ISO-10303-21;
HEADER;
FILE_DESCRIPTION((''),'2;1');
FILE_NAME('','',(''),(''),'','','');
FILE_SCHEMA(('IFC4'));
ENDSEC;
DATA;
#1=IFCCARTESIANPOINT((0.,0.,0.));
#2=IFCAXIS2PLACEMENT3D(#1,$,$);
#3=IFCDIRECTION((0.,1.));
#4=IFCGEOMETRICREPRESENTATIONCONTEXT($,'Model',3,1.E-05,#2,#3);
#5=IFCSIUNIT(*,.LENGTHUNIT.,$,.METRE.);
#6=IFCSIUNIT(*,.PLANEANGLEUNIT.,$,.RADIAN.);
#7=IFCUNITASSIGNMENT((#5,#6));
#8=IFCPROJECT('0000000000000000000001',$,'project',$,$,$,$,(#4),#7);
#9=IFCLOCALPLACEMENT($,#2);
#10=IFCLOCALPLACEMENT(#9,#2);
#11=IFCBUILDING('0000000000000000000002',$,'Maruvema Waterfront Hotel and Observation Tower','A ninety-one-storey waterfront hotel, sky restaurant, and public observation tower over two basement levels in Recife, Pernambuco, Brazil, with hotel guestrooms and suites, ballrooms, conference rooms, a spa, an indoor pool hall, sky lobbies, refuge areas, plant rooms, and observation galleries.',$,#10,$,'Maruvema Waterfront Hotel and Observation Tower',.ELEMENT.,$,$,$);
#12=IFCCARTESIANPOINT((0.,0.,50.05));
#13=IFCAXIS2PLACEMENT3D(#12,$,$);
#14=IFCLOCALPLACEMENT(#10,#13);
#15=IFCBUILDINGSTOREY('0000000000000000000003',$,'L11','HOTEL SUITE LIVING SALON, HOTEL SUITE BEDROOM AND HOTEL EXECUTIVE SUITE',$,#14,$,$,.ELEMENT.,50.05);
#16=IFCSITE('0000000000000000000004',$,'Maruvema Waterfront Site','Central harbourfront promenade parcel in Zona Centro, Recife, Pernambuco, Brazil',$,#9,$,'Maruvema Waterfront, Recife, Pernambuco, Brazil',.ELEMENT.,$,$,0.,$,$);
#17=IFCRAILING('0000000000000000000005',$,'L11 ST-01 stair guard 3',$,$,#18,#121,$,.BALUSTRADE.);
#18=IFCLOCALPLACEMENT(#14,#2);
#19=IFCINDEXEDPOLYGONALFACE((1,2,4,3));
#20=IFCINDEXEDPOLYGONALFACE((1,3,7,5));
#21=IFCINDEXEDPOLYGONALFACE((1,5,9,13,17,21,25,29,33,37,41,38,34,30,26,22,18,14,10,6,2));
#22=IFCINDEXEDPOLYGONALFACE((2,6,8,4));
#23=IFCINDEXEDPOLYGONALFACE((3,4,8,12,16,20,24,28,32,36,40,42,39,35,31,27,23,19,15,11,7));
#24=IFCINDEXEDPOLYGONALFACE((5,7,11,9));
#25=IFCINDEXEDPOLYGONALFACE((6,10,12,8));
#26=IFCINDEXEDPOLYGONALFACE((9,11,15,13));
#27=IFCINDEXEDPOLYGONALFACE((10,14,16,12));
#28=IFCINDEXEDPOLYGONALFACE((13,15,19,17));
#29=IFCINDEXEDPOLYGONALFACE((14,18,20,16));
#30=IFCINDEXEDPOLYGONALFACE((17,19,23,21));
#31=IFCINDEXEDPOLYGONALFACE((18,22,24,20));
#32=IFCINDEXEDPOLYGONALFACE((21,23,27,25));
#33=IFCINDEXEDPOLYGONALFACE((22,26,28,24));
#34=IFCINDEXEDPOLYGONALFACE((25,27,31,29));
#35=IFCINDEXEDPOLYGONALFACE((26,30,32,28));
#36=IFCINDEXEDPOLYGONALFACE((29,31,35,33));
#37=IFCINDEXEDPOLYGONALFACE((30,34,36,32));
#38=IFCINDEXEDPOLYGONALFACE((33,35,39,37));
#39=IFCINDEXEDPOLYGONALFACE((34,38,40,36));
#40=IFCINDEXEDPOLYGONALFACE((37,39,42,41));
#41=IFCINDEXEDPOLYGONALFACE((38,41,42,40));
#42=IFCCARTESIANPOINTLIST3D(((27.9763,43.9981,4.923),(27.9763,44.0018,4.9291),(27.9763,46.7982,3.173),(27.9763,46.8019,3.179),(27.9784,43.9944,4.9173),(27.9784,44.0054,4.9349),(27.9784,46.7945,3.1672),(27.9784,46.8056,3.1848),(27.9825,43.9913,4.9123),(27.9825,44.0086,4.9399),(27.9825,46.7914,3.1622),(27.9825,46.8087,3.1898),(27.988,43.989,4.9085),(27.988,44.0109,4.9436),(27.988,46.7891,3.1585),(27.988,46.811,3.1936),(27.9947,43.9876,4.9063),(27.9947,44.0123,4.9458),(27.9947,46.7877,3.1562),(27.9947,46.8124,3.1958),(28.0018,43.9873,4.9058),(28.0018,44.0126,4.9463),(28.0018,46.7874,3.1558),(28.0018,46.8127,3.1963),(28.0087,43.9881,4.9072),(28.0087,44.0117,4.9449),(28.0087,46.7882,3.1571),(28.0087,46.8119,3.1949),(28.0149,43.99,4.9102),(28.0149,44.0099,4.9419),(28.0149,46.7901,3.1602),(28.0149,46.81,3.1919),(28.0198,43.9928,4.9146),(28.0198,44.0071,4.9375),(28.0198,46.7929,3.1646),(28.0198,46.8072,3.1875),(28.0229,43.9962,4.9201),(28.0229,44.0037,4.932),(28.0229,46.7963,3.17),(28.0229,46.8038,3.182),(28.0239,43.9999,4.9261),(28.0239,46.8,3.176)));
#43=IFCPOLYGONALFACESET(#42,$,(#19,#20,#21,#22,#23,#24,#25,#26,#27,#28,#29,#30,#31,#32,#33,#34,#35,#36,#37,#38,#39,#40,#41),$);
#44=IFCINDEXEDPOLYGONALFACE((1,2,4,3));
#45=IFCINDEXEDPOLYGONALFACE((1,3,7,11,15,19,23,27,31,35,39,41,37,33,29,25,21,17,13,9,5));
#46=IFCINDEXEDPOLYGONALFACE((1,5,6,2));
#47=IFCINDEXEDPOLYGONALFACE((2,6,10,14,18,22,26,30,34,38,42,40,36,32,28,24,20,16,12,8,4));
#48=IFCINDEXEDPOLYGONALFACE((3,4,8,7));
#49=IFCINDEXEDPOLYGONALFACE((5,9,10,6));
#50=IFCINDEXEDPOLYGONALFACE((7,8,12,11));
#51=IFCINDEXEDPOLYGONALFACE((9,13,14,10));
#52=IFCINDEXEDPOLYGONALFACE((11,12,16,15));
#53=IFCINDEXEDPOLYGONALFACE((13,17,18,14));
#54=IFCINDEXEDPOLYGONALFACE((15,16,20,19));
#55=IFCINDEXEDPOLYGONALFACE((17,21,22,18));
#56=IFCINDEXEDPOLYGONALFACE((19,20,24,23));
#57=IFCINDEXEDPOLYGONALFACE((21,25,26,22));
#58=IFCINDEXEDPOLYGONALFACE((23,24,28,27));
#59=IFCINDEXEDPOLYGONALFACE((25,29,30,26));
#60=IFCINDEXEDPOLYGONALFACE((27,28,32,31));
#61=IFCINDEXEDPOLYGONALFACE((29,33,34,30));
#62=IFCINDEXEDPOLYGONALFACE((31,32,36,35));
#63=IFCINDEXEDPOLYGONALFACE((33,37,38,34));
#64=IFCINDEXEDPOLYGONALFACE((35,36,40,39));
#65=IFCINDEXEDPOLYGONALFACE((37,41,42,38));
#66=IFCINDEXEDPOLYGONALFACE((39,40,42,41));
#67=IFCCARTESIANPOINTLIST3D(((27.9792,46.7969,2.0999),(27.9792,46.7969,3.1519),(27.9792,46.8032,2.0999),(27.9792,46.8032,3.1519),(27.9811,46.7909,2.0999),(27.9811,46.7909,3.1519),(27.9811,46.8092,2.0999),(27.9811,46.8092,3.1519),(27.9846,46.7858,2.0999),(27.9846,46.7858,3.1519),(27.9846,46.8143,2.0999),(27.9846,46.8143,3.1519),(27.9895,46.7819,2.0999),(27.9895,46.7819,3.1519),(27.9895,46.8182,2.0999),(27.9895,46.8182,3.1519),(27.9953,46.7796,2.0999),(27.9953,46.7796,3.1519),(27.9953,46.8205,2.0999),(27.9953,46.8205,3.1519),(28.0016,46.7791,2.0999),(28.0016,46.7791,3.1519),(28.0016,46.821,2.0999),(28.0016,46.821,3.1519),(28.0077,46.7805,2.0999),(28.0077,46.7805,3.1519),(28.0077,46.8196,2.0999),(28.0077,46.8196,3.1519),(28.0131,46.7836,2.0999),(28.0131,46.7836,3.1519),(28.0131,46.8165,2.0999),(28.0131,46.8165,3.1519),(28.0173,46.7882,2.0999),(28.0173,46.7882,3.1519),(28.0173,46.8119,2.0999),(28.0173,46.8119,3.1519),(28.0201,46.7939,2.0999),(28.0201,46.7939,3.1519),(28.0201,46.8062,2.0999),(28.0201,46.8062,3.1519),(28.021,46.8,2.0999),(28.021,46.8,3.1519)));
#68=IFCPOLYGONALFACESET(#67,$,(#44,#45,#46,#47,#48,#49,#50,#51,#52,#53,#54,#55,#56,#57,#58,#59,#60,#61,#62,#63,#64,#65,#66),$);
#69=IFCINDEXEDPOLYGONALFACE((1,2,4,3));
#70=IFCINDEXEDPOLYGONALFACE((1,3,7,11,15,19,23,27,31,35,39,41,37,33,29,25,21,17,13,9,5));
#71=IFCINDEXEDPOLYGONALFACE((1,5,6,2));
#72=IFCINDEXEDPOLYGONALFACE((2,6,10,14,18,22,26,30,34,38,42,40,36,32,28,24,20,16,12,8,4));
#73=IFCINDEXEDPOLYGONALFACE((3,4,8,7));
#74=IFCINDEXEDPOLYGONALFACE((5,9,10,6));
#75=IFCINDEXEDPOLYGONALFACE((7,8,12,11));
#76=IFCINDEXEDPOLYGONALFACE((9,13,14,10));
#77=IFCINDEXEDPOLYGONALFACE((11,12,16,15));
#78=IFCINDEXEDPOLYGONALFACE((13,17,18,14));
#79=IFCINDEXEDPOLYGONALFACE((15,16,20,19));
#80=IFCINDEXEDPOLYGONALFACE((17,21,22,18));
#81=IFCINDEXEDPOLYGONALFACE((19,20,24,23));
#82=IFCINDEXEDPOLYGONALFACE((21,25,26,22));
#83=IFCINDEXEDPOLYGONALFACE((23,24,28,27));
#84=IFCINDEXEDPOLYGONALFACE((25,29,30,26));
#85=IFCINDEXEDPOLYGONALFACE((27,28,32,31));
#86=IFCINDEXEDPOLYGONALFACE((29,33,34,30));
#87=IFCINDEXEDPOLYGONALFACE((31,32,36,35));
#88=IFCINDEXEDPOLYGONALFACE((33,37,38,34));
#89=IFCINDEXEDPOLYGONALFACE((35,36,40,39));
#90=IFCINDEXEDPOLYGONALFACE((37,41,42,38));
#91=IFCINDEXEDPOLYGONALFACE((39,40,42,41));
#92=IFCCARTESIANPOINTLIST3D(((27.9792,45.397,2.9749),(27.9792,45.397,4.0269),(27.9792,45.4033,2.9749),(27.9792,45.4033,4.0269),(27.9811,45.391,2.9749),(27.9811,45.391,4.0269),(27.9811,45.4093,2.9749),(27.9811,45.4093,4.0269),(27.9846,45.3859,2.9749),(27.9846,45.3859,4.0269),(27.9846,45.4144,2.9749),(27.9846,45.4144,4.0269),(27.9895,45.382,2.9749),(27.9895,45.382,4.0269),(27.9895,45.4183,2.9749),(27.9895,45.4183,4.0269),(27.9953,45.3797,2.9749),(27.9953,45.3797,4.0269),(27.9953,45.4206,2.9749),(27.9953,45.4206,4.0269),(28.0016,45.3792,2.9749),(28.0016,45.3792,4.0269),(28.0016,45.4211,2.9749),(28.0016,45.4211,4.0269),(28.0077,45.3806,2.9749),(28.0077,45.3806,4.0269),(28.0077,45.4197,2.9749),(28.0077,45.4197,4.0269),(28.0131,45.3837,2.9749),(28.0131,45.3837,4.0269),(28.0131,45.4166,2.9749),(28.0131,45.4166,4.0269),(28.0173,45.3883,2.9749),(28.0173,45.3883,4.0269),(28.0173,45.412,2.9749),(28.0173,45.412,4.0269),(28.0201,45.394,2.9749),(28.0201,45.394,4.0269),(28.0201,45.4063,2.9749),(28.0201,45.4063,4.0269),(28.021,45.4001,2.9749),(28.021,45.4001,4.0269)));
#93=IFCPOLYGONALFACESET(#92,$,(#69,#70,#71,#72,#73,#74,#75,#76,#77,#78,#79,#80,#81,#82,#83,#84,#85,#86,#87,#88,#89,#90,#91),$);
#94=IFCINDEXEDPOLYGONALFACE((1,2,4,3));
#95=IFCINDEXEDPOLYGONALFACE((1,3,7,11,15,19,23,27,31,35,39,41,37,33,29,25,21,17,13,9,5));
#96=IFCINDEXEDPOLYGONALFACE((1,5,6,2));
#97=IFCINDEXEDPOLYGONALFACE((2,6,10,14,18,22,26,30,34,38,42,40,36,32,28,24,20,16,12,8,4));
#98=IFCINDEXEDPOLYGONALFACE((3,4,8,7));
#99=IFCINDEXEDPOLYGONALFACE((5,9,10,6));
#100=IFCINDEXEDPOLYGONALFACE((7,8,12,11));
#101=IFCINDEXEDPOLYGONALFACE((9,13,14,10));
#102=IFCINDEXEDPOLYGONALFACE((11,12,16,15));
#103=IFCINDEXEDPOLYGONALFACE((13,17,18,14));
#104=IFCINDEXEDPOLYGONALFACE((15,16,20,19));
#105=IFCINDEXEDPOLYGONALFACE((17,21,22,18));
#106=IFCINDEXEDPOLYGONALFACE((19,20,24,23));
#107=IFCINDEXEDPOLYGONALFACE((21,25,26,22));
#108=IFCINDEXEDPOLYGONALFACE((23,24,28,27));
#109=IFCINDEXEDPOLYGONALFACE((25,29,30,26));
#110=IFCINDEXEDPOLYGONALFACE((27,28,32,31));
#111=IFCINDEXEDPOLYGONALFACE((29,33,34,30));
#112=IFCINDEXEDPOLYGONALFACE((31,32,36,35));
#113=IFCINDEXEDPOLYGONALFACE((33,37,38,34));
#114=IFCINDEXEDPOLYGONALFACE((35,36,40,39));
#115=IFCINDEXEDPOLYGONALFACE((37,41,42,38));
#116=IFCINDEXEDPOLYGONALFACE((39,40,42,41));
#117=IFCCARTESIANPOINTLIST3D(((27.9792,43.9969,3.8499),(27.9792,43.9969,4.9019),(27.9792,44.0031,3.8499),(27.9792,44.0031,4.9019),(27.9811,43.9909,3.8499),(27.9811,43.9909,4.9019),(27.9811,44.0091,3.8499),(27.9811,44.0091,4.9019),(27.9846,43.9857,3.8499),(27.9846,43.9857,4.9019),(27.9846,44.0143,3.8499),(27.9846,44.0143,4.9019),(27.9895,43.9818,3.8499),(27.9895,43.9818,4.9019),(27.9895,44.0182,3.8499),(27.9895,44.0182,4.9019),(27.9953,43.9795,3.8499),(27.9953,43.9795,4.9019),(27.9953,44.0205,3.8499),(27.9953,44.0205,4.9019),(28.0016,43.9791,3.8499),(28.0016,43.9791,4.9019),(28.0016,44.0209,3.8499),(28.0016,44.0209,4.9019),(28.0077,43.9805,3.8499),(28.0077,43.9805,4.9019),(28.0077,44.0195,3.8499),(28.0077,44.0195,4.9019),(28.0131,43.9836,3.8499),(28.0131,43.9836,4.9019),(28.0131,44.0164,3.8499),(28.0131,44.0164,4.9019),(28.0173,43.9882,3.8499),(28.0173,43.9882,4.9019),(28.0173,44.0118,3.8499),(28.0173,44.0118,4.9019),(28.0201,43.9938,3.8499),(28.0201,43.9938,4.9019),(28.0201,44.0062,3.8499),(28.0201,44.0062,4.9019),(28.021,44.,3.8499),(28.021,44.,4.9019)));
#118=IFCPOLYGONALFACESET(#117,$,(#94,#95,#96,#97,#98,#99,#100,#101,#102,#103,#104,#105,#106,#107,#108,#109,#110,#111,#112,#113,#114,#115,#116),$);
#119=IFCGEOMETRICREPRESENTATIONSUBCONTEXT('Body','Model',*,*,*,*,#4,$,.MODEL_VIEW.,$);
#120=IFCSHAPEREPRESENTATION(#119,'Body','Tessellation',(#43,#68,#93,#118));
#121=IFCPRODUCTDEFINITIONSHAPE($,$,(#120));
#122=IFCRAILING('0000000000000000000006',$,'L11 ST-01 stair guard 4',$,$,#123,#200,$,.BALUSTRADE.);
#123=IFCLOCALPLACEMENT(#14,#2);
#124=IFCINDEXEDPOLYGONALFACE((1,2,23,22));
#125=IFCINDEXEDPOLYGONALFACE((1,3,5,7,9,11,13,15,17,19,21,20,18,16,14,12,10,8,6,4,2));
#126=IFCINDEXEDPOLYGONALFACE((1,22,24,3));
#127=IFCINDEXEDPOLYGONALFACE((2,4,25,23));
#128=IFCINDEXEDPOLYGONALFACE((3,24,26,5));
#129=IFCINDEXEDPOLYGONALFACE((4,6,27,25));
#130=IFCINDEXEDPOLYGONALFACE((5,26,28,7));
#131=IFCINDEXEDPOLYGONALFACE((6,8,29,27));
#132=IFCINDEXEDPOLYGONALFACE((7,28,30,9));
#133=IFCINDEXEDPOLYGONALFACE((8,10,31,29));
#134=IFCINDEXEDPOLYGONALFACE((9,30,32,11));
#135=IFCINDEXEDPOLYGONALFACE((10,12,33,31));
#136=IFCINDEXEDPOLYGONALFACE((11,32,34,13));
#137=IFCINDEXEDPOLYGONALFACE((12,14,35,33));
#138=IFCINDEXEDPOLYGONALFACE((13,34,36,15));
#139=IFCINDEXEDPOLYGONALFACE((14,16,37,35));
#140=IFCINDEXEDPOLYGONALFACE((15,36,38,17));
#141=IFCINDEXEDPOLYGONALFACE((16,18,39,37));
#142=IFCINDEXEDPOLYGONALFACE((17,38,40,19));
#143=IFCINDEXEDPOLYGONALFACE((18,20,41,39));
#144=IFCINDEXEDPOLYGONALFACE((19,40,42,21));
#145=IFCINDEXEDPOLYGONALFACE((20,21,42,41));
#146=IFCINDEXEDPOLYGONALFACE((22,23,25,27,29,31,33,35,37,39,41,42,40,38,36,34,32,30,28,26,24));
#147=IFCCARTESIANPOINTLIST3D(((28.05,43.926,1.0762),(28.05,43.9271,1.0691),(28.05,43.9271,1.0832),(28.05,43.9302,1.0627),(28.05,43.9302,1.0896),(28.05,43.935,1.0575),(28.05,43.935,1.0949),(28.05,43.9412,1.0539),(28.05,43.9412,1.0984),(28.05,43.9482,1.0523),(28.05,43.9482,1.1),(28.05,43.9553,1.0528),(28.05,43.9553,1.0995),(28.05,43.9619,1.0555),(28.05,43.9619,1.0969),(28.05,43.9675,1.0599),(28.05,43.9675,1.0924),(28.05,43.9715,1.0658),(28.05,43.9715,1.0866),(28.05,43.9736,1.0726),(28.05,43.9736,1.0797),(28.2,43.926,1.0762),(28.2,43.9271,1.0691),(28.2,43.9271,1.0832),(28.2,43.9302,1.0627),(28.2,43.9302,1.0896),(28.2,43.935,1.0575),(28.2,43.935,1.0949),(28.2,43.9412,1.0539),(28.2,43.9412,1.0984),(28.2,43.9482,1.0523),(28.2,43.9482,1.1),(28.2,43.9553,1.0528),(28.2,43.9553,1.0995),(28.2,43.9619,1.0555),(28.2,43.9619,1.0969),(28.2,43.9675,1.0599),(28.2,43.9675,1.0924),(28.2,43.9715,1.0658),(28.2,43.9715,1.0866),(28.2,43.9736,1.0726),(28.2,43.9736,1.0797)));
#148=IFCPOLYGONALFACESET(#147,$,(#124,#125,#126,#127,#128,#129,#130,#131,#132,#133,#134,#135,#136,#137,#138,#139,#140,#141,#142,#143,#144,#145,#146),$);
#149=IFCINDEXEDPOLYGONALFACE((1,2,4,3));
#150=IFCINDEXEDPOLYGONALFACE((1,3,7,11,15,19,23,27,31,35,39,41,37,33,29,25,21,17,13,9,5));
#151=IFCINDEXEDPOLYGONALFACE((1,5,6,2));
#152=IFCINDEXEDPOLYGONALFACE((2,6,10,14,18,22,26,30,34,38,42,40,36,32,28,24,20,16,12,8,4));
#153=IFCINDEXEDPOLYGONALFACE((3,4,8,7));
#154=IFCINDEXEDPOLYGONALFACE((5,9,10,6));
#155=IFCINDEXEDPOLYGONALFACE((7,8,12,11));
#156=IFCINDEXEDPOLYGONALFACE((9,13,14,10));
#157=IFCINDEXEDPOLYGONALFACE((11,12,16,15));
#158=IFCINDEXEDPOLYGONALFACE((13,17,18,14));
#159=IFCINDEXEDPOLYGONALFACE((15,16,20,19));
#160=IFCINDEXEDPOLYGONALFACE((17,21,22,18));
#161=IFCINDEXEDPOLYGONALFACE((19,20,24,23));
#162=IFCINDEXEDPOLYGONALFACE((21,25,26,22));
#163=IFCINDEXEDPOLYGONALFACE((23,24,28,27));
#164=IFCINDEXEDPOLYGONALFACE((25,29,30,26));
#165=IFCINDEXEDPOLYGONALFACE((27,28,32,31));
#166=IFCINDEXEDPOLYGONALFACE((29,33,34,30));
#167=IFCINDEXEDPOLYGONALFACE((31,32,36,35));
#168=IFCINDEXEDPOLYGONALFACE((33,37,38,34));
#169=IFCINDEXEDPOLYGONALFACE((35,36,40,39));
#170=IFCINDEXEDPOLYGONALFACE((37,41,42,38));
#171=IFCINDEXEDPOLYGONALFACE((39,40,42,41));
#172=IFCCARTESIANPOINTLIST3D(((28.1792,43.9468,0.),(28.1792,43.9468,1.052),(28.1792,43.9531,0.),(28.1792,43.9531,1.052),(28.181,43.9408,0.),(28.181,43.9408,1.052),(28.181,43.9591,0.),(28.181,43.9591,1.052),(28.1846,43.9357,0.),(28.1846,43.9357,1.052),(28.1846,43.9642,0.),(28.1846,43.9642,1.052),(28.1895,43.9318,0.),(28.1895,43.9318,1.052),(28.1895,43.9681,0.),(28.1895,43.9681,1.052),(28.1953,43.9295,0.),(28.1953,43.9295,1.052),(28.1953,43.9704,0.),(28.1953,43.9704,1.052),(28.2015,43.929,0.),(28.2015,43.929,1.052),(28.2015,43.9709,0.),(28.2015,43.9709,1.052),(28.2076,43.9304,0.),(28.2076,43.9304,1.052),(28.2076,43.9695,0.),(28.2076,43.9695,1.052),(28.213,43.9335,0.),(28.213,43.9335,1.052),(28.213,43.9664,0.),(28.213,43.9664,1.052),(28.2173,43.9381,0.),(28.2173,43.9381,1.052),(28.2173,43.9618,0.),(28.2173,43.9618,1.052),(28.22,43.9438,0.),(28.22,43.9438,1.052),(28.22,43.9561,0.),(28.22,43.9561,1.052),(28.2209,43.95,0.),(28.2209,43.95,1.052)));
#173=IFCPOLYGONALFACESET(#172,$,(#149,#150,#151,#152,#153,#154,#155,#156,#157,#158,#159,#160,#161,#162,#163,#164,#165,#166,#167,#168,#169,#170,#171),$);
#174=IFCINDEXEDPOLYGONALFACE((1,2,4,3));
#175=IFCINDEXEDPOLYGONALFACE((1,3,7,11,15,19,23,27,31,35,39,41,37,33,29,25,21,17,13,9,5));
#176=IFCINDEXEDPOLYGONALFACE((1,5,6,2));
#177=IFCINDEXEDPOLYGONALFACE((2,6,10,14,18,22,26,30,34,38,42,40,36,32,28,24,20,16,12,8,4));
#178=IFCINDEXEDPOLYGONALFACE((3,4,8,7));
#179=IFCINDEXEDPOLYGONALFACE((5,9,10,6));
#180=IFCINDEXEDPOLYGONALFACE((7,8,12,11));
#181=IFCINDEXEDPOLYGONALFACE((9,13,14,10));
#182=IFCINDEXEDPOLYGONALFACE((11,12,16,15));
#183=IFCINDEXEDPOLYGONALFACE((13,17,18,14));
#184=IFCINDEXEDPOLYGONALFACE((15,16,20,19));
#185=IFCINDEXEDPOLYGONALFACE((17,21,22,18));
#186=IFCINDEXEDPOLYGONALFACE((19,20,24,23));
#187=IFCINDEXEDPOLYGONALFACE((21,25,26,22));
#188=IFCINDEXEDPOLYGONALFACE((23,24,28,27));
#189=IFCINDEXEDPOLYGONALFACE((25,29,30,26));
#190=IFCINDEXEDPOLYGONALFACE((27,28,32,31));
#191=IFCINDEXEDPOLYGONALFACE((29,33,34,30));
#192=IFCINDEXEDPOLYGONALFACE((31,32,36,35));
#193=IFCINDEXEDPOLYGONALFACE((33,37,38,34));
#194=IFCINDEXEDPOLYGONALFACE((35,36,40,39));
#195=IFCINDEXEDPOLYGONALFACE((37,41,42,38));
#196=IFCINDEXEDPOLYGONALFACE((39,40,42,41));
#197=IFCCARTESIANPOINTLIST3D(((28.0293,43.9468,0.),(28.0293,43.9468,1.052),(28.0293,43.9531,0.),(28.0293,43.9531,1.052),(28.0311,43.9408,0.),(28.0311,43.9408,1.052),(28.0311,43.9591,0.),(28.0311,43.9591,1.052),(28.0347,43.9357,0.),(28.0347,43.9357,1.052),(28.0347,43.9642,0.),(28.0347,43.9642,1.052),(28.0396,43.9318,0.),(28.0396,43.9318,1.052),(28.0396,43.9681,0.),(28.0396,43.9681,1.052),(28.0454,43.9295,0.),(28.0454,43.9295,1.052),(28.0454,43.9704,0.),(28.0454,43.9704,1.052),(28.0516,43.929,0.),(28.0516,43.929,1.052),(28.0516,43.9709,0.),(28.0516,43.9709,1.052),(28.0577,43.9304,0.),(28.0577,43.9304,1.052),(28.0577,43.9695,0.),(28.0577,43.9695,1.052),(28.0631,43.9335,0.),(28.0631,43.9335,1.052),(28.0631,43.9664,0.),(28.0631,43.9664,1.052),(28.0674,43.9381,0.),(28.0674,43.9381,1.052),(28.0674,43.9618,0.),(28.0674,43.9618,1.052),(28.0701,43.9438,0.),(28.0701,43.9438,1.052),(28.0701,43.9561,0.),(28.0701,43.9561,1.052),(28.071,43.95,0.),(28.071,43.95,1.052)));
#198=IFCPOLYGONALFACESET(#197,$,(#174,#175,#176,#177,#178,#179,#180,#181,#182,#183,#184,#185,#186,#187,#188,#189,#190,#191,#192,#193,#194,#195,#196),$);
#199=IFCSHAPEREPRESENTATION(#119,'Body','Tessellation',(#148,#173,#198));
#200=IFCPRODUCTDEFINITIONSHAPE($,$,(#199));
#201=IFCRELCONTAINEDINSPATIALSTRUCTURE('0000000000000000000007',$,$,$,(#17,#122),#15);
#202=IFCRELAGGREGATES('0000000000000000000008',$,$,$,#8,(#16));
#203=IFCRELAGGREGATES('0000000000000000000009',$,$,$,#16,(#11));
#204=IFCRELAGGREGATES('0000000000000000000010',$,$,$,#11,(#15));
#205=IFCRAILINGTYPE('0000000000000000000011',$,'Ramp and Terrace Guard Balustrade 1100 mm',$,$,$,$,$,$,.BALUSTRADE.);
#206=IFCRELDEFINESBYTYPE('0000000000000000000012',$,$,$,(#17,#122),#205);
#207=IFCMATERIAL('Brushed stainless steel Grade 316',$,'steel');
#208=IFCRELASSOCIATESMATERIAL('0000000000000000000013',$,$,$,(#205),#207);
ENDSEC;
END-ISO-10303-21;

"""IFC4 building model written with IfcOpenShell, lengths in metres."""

from ifc_helpers import new_model, si_unit, direction, frame, origin, origin_2d, place, context, subcontext, project, spatial, circle, extrude, material, type_object, element, save


model = new_model("IFC4")

# Units and contexts
model_context = context("Model", 3, precision=1e-05, world=origin(), true_north=direction((0.0, 1.0)))
body_context = subcontext(model_context, "Body", "Model", "MODEL_VIEW")
ifc_project = project(units=[si_unit("LENGTHUNIT", "METRE"), si_unit("PLANEANGLEUNIT", "RADIAN")], contexts=[model_context])

# Site, building, storey
site_placement = place(None, origin())
site = spatial("IfcSite", under=ifc_project, at=site_placement, Name="Maruvema Waterfront Site", Description="Central harbourfront promenade parcel in Zona Centro, Recife, Pernambuco, Brazil", LongName="Maruvema Waterfront, Recife, Pernambuco, Brazil", CompositionType="ELEMENT", RefElevation=0.0)
building_placement = place(site_placement, origin())
building = spatial("IfcBuilding", under=site, at=building_placement, Name="Maruvema Waterfront Hotel and Observation Tower", Description="A ninety-one-storey waterfront hotel, sky restaurant, and public observation tower over two basement levels in Recife, Pernambuco, Brazil, with hotel guestrooms and suites, ballrooms, conference rooms, a spa, an indoor pool hall, sky lobbies, refuge areas, plant rooms, and observation galleries.", LongName="Maruvema Waterfront Hotel and Observation Tower", CompositionType="ELEMENT")
storey_placement = place(building_placement, frame((0.0, 0.0, 50.05)))
storey = spatial("IfcBuildingStorey", under=building, at=storey_placement, Name="L11", Description="HOTEL SUITE LIVING SALON, HOTEL SUITE BEDROOM AND HOTEL EXECUTIVE SUITE", CompositionType="ELEMENT", Elevation=50.05)

# Railings
ifc_material_1 = material(Name="Brushed stainless steel Grade 316", Category="steel")
railing_type_1 = type_object("IfcRailingType", Name="Ramp and Terrace Guard Balustrade 1100 mm", PredefinedType="BALUSTRADE", material=ifc_material_1)
railing_1_placement = place(storey_placement, frame((28.0, 46.8, 2.0999)))
element("IfcRailing", 1, at=railing_1_placement, inside=storey, type_object=railing_type_1, Name="L11 ST-01 stair guard 3", PredefinedType="BALUSTRADE", context=body_context, shape_type="SweptSolid", body=[
    extrude(circle(Radius=0.0239, at=origin_2d()), frame((0.0, 0.0, 1.0762), z_axis=(0.0, -0.848002, 0.529992), x_axis=(1.0, 0.0, 0.0)), (0.0, 0.0, 1.0), 3.302),
    extrude(circle(Radius=0.021, at=origin_2d()), origin(), (0.0, 0.0, 1.0), 1.052),
    extrude(circle(Radius=0.021, at=origin_2d()), frame((0.0, -1.3999, 0.875)), (0.0, 0.0, 1.0), 1.052),
    extrude(circle(Radius=0.021, at=origin_2d()), frame((0.0, -2.8, 1.75)), (0.0, 0.0, 1.0), 1.052),
])
railing_2_placement = place(storey_placement, frame((28.2, 43.95, 0.0)))
element("IfcRailing", 2, at=railing_2_placement, inside=storey, type_object=railing_type_1, Name="L11 ST-01 stair guard 4", PredefinedType="BALUSTRADE", context=body_context, shape_type="SweptSolid", body=[
    extrude(circle(Radius=0.0239, at=origin_2d()), frame((0.0, 0.0, 1.0762), z_axis=(-1.0, 0.0, 0.0), x_axis=(0.0, -1.0, 0.0)), (0.0, 0.0, 1.0), 0.1499),
    extrude(circle(Radius=0.021, at=origin_2d()), origin(), (0.0, 0.0, 1.0), 1.052),
    extrude(circle(Radius=0.021, at=origin_2d()), frame((-0.1499, 0.0, 0.0)), (0.0, 0.0, 1.0), 1.052),
])

save(model, "model.ifc")
